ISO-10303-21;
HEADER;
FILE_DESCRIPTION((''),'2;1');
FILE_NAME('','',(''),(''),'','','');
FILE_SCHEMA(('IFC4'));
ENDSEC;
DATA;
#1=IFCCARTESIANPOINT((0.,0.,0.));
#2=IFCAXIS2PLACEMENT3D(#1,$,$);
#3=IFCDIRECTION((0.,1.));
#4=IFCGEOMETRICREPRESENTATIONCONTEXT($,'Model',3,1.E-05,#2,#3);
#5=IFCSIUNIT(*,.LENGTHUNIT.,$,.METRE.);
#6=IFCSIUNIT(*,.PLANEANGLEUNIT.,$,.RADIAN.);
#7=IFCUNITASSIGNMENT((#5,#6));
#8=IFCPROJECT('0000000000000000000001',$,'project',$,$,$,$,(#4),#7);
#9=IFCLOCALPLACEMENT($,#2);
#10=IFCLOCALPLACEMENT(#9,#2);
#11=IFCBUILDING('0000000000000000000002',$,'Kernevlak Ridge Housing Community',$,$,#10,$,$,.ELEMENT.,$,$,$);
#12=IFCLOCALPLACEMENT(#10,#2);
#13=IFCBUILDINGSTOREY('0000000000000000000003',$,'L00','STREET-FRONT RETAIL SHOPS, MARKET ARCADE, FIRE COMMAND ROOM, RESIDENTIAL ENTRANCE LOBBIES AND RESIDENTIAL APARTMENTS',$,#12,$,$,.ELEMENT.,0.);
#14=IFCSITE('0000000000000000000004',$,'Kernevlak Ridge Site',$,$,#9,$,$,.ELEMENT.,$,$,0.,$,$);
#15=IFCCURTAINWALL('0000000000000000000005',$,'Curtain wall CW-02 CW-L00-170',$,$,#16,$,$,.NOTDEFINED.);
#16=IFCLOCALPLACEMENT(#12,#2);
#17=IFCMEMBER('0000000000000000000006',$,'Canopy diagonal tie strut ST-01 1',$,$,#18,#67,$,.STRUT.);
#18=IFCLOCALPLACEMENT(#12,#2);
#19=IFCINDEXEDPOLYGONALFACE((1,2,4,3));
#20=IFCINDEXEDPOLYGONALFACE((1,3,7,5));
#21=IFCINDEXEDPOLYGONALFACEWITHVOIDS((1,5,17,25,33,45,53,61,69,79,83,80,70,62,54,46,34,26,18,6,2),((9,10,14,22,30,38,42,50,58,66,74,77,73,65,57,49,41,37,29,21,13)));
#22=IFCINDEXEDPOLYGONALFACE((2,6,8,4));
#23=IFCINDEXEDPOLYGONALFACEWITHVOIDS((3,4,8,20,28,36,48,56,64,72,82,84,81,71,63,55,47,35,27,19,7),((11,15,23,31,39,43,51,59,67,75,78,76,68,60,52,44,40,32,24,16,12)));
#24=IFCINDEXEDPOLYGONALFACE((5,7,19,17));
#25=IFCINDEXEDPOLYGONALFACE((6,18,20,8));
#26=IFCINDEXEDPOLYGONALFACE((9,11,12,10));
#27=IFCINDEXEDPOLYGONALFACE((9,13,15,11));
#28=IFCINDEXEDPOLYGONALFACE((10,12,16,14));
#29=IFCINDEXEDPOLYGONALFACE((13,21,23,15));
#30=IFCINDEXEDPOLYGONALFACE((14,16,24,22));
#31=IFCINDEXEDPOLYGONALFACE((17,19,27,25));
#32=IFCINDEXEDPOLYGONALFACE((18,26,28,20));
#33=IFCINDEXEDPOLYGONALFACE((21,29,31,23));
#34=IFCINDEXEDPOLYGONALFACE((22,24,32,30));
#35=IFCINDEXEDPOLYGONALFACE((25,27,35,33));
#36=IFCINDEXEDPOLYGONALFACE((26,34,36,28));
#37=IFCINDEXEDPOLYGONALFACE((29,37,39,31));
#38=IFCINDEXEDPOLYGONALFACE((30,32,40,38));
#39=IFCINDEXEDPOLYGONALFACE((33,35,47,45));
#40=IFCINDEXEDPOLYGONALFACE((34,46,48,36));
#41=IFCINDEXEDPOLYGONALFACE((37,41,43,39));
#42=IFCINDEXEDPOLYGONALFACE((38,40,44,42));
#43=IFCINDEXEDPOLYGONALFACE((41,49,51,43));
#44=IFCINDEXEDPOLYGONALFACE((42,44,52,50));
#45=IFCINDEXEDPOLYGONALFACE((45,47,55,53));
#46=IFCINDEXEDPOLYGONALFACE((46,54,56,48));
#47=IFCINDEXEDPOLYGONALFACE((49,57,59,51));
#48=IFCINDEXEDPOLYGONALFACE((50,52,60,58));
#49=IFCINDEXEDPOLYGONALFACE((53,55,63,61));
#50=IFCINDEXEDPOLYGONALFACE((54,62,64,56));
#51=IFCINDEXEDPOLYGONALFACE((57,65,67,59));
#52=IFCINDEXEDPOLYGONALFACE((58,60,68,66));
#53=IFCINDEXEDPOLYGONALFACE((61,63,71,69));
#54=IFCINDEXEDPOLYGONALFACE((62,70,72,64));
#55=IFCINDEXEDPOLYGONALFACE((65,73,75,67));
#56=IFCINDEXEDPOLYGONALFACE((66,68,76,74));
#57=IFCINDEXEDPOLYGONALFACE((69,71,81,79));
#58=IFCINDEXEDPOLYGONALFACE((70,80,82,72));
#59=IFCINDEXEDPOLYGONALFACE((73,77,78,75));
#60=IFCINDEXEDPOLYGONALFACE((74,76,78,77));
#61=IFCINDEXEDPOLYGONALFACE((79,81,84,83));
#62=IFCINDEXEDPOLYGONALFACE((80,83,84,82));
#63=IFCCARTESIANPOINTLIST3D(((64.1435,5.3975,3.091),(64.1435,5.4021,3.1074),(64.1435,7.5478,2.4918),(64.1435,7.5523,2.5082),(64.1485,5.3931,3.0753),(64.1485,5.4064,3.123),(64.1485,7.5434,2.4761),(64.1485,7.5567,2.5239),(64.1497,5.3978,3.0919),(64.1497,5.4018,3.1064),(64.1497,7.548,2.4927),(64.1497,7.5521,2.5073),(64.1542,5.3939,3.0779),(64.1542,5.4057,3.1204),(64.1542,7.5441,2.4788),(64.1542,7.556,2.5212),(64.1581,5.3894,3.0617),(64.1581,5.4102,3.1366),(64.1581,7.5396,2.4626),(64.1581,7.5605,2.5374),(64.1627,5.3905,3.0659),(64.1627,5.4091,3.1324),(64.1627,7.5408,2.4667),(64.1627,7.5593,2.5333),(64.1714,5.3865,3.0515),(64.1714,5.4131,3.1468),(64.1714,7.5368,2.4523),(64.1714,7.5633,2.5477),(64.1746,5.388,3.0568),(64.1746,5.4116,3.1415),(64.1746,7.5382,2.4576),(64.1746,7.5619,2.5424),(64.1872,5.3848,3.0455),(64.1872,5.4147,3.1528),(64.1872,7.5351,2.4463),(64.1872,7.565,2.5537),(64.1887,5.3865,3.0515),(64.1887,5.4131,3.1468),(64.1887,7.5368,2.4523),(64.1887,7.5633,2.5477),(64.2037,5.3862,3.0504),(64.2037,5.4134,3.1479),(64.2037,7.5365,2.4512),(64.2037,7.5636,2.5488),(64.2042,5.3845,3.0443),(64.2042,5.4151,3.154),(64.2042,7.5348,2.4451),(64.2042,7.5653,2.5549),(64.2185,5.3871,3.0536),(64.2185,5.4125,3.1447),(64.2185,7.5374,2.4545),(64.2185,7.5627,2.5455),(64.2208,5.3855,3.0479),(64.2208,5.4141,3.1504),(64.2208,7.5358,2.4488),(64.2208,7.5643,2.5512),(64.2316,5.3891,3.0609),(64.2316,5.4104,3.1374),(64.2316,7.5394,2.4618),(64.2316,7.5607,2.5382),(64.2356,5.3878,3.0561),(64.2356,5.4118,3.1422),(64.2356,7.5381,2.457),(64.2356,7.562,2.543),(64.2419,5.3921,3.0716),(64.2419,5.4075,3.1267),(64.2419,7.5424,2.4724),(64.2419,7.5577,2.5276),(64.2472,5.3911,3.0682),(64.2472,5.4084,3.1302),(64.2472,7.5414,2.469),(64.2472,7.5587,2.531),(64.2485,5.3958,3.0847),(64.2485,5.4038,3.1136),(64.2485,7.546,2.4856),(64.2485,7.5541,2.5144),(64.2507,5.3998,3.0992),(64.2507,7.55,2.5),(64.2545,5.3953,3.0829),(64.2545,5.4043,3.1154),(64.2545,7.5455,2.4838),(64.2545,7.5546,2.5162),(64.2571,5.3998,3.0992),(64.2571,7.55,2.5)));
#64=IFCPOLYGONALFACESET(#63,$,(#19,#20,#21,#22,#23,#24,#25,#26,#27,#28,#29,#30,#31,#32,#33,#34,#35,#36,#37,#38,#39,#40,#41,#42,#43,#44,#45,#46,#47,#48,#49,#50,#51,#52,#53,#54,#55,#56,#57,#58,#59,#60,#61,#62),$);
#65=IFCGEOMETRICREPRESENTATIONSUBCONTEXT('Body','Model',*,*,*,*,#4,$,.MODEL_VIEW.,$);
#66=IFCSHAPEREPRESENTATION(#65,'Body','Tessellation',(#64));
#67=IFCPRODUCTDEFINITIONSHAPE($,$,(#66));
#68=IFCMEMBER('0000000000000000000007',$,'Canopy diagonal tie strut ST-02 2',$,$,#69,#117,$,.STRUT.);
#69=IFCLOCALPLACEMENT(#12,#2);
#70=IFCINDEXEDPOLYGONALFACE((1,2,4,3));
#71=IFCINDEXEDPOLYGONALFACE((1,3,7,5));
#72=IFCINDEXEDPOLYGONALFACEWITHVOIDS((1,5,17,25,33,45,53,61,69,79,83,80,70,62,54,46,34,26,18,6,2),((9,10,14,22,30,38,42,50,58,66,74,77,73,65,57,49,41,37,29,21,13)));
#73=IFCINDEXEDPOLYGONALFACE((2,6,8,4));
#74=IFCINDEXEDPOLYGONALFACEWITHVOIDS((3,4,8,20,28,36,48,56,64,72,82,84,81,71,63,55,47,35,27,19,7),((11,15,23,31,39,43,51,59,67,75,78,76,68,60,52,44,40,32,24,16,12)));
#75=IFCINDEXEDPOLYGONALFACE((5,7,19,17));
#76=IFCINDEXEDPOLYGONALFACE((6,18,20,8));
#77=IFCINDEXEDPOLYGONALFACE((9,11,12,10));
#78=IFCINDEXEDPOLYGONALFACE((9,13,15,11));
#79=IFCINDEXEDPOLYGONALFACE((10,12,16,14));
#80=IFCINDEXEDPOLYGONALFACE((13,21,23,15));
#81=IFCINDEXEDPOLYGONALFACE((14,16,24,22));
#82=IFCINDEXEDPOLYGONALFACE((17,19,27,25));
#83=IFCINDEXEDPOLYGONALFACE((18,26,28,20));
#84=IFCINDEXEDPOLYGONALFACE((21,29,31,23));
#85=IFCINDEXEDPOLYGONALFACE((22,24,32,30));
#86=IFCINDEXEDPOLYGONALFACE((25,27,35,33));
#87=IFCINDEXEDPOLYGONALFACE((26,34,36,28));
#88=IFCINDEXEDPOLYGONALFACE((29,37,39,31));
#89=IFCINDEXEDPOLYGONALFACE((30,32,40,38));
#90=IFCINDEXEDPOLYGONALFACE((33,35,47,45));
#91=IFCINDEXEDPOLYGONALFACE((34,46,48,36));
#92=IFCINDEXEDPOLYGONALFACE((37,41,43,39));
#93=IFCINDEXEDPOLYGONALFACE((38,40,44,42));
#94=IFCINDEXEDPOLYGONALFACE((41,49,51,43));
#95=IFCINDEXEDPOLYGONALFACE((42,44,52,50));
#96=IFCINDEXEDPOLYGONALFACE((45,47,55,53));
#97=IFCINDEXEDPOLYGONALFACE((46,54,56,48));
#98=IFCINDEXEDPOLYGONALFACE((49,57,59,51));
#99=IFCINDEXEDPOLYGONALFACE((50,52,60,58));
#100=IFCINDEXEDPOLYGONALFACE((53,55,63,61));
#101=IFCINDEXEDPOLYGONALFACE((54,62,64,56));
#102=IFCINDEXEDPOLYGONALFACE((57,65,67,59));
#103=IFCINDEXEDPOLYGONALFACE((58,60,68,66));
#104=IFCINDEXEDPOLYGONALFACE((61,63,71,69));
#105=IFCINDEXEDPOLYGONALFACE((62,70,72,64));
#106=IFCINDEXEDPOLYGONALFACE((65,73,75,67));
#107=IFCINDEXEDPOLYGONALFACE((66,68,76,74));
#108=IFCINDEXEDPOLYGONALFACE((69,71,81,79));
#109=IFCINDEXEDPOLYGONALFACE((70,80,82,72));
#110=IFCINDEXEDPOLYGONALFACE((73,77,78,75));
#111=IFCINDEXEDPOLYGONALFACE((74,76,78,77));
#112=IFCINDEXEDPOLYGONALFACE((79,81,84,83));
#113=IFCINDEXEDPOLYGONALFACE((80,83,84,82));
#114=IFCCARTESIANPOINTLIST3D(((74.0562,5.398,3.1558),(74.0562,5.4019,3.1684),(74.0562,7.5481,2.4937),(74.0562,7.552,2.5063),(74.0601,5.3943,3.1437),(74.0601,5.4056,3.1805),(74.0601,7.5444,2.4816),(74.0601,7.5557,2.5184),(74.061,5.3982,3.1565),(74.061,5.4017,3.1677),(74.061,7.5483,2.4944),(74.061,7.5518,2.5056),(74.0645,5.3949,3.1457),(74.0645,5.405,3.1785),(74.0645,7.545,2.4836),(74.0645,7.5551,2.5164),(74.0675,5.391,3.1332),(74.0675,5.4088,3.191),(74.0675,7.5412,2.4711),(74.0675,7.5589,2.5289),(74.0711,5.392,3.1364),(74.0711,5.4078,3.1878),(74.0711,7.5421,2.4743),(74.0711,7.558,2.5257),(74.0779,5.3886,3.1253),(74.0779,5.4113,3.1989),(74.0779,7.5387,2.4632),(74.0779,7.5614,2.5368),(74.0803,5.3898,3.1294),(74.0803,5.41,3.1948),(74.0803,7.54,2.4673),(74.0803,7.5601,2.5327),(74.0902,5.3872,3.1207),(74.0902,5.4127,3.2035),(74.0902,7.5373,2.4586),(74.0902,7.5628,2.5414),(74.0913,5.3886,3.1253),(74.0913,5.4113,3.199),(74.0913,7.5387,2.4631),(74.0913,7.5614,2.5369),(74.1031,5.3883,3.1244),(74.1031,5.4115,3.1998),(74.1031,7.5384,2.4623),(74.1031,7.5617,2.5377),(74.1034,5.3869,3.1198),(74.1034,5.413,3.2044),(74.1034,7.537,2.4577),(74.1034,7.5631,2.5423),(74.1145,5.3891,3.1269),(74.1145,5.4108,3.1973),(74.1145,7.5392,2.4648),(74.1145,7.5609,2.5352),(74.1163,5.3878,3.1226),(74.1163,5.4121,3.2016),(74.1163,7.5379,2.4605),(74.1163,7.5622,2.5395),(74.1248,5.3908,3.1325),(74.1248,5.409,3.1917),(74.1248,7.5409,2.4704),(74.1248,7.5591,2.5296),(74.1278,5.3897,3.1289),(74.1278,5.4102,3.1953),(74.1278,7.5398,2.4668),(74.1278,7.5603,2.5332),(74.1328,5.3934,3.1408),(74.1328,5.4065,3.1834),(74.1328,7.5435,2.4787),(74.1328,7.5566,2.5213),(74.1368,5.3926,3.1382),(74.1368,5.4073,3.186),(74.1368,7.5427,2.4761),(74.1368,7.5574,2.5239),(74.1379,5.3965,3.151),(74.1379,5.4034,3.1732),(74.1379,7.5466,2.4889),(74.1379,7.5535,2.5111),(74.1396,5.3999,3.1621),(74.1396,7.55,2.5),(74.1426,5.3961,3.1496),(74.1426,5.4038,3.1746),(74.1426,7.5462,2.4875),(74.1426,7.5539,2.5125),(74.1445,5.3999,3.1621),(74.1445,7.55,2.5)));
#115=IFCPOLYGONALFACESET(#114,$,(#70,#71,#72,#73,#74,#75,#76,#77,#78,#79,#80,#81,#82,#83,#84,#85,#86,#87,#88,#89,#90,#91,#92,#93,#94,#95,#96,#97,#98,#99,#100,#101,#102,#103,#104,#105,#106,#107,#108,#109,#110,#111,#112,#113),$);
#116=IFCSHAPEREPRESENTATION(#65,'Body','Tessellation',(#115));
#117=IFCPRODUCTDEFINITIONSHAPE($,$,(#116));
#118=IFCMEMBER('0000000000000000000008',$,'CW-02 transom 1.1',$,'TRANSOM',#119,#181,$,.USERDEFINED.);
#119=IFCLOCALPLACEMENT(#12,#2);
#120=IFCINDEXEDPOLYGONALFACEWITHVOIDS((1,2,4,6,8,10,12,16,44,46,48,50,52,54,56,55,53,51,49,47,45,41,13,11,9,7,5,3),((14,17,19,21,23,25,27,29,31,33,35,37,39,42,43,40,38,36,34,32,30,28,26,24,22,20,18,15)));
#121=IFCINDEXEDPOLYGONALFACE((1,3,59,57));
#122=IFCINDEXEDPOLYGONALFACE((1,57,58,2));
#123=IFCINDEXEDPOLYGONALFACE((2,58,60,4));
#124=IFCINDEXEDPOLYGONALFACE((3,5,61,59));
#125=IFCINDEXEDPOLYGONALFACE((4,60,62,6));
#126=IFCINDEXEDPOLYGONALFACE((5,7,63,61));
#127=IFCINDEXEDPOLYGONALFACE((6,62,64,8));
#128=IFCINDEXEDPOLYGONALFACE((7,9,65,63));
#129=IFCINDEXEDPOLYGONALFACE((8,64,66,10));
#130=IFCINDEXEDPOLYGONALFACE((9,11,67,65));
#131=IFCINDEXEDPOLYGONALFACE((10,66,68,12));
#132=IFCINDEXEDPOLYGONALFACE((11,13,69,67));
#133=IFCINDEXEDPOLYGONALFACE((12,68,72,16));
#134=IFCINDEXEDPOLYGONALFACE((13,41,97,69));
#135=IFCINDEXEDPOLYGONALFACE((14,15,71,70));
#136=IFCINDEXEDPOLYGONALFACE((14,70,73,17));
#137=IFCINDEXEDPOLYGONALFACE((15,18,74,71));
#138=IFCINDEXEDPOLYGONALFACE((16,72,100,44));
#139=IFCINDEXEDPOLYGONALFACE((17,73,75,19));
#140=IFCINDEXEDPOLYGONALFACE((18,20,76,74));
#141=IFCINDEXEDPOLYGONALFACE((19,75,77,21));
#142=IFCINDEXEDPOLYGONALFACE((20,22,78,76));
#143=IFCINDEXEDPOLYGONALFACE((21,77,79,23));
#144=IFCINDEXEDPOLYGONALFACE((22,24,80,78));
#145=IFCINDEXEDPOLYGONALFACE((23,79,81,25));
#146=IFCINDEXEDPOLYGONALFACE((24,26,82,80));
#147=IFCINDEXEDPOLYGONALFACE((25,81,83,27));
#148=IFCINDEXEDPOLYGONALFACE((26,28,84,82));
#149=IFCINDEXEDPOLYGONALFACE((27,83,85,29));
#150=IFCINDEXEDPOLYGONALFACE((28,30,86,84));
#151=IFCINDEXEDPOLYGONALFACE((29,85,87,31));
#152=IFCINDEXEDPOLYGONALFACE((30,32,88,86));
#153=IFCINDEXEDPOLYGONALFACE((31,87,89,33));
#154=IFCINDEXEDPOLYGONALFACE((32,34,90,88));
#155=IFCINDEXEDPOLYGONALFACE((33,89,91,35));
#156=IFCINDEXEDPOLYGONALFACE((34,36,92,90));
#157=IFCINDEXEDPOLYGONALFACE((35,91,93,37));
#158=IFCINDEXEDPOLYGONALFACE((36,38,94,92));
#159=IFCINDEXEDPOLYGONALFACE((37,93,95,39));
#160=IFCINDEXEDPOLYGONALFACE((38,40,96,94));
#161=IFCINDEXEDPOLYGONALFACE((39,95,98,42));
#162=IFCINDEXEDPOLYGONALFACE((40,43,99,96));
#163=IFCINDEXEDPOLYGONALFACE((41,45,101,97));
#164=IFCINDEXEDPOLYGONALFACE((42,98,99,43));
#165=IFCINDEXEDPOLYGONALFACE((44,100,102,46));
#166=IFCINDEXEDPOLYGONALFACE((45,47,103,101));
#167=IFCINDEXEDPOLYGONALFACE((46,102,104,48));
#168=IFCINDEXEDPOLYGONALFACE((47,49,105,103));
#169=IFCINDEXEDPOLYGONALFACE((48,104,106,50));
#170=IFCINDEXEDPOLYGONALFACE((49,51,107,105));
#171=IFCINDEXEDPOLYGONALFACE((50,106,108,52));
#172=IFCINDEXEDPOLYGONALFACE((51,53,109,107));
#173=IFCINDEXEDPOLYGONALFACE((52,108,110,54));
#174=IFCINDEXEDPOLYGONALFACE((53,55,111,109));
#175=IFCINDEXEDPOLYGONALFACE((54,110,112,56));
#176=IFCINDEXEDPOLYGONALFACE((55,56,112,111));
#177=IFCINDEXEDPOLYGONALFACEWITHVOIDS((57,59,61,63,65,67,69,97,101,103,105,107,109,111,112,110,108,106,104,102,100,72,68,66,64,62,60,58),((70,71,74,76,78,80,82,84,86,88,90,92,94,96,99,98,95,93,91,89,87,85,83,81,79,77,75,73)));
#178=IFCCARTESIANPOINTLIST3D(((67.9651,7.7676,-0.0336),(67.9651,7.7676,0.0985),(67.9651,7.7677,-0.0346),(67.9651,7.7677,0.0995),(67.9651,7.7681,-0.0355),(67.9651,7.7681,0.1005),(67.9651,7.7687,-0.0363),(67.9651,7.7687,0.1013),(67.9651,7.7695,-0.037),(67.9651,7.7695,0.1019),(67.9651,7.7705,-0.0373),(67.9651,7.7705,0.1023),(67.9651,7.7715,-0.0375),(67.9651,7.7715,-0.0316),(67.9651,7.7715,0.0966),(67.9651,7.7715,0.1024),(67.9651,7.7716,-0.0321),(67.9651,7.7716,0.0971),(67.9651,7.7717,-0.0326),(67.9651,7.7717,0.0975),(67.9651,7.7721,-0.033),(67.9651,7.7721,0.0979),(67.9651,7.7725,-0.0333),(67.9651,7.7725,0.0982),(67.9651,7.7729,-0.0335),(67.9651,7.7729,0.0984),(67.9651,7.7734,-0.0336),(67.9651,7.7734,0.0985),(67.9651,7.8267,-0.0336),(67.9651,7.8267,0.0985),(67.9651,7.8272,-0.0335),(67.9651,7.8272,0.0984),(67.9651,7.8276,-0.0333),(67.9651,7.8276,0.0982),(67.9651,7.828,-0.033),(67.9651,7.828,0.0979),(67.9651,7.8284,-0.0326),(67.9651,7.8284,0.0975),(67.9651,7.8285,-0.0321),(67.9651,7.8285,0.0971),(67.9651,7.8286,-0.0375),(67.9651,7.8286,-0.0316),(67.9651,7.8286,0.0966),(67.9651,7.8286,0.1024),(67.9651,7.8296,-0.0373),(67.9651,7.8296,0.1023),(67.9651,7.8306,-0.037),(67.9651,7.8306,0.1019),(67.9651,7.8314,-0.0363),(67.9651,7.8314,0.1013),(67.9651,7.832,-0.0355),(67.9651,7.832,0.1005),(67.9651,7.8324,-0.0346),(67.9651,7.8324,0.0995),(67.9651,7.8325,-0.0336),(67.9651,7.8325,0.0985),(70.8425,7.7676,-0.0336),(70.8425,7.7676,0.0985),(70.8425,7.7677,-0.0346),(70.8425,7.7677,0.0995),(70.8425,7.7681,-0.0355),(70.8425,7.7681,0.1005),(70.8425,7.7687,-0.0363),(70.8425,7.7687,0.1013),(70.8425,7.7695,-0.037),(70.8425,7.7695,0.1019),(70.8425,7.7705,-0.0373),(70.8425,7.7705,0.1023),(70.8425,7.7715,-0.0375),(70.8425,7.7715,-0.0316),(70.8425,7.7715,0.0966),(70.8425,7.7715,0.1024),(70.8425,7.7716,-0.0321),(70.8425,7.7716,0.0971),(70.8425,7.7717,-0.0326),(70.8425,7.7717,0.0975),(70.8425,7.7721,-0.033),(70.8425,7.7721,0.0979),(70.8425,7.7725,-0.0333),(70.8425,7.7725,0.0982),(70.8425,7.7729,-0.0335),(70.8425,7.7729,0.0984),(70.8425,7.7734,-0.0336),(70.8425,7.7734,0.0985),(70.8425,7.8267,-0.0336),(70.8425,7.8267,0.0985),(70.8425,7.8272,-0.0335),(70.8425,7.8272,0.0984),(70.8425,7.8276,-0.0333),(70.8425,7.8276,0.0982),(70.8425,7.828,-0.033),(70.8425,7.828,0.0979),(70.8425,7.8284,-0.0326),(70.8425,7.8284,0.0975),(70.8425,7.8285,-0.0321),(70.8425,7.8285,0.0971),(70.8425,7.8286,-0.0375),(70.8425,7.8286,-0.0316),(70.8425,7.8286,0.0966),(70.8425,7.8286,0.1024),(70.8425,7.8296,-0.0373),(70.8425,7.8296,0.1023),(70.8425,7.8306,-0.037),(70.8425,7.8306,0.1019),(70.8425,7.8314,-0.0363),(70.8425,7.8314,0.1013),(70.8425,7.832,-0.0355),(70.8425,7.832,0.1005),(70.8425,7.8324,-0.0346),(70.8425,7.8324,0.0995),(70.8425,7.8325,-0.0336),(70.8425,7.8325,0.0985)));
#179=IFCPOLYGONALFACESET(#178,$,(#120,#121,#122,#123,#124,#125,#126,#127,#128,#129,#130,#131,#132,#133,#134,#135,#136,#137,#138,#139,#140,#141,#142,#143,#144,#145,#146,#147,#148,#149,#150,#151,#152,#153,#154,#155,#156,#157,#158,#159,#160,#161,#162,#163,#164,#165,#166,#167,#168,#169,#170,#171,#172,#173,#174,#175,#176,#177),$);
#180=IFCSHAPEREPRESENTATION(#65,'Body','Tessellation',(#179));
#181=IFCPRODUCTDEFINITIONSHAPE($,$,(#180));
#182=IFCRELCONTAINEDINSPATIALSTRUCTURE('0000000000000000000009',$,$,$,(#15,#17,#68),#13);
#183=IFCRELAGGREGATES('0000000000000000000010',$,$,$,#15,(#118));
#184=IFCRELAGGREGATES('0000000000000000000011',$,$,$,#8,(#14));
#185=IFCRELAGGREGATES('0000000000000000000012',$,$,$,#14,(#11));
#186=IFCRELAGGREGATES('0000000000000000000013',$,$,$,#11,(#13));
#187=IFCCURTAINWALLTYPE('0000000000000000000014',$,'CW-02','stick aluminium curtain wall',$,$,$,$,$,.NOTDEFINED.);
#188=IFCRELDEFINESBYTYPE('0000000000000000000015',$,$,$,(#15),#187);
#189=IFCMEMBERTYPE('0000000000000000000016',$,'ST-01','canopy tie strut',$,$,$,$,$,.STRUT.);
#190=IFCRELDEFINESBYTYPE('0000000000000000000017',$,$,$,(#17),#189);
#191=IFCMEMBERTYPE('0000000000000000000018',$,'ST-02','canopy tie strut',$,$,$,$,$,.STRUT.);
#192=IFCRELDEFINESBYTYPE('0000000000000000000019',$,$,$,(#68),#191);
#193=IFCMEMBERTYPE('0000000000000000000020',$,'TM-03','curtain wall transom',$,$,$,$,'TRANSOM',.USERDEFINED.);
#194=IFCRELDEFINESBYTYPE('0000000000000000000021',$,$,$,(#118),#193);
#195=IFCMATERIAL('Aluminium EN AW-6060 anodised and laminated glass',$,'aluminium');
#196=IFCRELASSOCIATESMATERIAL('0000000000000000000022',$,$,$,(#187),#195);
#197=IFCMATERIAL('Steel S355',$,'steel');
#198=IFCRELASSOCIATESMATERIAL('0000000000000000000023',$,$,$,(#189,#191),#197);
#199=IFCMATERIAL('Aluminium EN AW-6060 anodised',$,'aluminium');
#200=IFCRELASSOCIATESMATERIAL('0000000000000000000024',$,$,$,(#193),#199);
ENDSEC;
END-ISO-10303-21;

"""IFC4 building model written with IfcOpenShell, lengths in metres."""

from ifc_helpers import new_model, si_unit, direction, frame, origin, origin_2d, place, context, subcontext, project, spatial, hollow_rectangle, hollow_circle, extrude, material, material_profile, profile_set, type_object, element, aggregate, save


model = new_model("IFC4")

# Units and contexts
model_context = context("Model", 3, precision=1e-05, world=origin(), true_north=direction((0.0, 1.0)))
body_context = subcontext(model_context, "Body", "Model", "MODEL_VIEW")
ifc_project = project(units=[si_unit("LENGTHUNIT", "METRE"), si_unit("PLANEANGLEUNIT", "RADIAN")], contexts=[model_context])

# Site, building, storey
site_placement = place(None, origin())
site = spatial("IfcSite", under=ifc_project, at=site_placement, Name="Kernevlak Ridge Site", CompositionType="ELEMENT", RefElevation=0.0)
building_placement = place(site_placement, origin())
building = spatial("IfcBuilding", under=site, at=building_placement, Name="Kernevlak Ridge Housing Community", CompositionType="ELEMENT")
storey_placement = place(building_placement, origin())
storey = spatial("IfcBuildingStorey", under=building, at=storey_placement, Name="L00", Description="STREET-FRONT RETAIL SHOPS, MARKET ARCADE, FIRE COMMAND ROOM, RESIDENTIAL ENTRANCE LOBBIES AND RESIDENTIAL APARTMENTS", CompositionType="ELEMENT", Elevation=0.0)

# Shared definitions
ifc_material_1 = material(Name="Steel S355", Category="steel")

# Curtain wall
ifc_material_2 = material(Name="Aluminium EN AW-6060 anodised and laminated glass", Category="aluminium")
curtain_wall_type = type_object("IfcCurtainWallType", Name="CW-02", Description="stick aluminium curtain wall", PredefinedType="NOTDEFINED", material=ifc_material_2)
curtain_wall_placement = place(storey_placement, origin())
curtain_wall = element("IfcCurtainWall", 1, at=curtain_wall_placement, inside=storey, type_object=curtain_wall_type, Name="Curtain wall CW-02 CW-L00-170", PredefinedType="NOTDEFINED")
ifc_material_3 = material(Name="Aluminium EN AW-6060 anodised", Category="aluminium")

# Members
ifc_material_profile_1 = material_profile(ifc_material_1, hollow_circle(Radius=0.0571, WallThickness=0.0063, at=origin_2d()), Name="CHS 114.3x6.3")
ifc_profile_set_1 = profile_set([ifc_material_profile_1], Name="Steel S355")
member_type_1 = type_object("IfcMemberType", Name="ST-01", Description="canopy tie strut", PredefinedType="STRUT", material=ifc_profile_set_1)
member_1_placement = place(storey_placement, frame((64.2, 7.55, 2.5), z_axis=(0.0, -0.963303, 0.268417), x_axis=(1.0, 0.0, 0.0)))
element("IfcMember", 2, at=member_1_placement, inside=storey, type_object=member_type_1, Name="Canopy diagonal tie strut ST-01 1", PredefinedType="STRUT", context=body_context, shape_type="SweptSolid", body=[
    extrude(hollow_circle(Radius=0.0571, WallThickness=0.0063, at=origin_2d()), origin(), (0.0, 0.0, 1.0), 2.2322),
])
ifc_material_profile_2 = material_profile(ifc_material_1, hollow_circle(Radius=0.0444, WallThickness=0.0049, at=origin_2d()), Name="CHS 88.9x5")
ifc_profile_set_2 = profile_set([ifc_material_profile_2], Name="Steel S355")
member_type_2 = type_object("IfcMemberType", Name="ST-02", Description="canopy tie strut", PredefinedType="STRUT", material=ifc_profile_set_2)
member_2_placement = place(storey_placement, frame((74.1001, 7.55, 2.5), z_axis=(0.0, -0.955713, 0.294299), x_axis=(1.0, 0.0, 0.0)))
element("IfcMember", 3, at=member_2_placement, inside=storey, type_object=member_type_2, Name="Canopy diagonal tie strut ST-02 2", PredefinedType="STRUT", context=body_context, shape_type="SweptSolid", body=[
    extrude(hollow_circle(Radius=0.0444, WallThickness=0.0049, at=origin_2d()), origin(), (0.0, 0.0, 1.0), 2.2498),
])

# Member
ifc_material_profile_3 = material_profile(ifc_material_3, hollow_rectangle(XDim=0.0649, YDim=0.1399, WallThickness=0.0039, InnerFilletRadius=0.002, OuterFilletRadius=0.0039, at=origin_2d()), Name="ALU 65x140x4")
ifc_profile_set_3 = profile_set([ifc_material_profile_3], Name="Aluminium EN AW-6060 anodised")
member_type_3 = type_object("IfcMemberType", Name="TM-03", Description="curtain wall transom", ElementType="TRANSOM", PredefinedType="USERDEFINED", material=ifc_profile_set_3)
member_3_placement = place(storey_placement, frame((67.9651, 7.8, 0.0325), z_axis=(1.0, 0.0, 0.0), x_axis=(0.0, 1.0, 0.0)))
member_3 = element("IfcMember", 4, at=member_3_placement, type_object=member_type_3, Name="CW-02 transom 1.1", ObjectType="TRANSOM", PredefinedType="USERDEFINED", context=body_context, shape_type="SweptSolid", body=[
    extrude(hollow_rectangle(XDim=0.0649, YDim=0.1399, WallThickness=0.0039, InnerFilletRadius=0.002, OuterFilletRadius=0.0039, at=origin_2d()), origin(), (0.0, 0.0, 1.0), 2.8774),
])

aggregate(curtain_wall, [member_3])

save(model, "model.ifc")
